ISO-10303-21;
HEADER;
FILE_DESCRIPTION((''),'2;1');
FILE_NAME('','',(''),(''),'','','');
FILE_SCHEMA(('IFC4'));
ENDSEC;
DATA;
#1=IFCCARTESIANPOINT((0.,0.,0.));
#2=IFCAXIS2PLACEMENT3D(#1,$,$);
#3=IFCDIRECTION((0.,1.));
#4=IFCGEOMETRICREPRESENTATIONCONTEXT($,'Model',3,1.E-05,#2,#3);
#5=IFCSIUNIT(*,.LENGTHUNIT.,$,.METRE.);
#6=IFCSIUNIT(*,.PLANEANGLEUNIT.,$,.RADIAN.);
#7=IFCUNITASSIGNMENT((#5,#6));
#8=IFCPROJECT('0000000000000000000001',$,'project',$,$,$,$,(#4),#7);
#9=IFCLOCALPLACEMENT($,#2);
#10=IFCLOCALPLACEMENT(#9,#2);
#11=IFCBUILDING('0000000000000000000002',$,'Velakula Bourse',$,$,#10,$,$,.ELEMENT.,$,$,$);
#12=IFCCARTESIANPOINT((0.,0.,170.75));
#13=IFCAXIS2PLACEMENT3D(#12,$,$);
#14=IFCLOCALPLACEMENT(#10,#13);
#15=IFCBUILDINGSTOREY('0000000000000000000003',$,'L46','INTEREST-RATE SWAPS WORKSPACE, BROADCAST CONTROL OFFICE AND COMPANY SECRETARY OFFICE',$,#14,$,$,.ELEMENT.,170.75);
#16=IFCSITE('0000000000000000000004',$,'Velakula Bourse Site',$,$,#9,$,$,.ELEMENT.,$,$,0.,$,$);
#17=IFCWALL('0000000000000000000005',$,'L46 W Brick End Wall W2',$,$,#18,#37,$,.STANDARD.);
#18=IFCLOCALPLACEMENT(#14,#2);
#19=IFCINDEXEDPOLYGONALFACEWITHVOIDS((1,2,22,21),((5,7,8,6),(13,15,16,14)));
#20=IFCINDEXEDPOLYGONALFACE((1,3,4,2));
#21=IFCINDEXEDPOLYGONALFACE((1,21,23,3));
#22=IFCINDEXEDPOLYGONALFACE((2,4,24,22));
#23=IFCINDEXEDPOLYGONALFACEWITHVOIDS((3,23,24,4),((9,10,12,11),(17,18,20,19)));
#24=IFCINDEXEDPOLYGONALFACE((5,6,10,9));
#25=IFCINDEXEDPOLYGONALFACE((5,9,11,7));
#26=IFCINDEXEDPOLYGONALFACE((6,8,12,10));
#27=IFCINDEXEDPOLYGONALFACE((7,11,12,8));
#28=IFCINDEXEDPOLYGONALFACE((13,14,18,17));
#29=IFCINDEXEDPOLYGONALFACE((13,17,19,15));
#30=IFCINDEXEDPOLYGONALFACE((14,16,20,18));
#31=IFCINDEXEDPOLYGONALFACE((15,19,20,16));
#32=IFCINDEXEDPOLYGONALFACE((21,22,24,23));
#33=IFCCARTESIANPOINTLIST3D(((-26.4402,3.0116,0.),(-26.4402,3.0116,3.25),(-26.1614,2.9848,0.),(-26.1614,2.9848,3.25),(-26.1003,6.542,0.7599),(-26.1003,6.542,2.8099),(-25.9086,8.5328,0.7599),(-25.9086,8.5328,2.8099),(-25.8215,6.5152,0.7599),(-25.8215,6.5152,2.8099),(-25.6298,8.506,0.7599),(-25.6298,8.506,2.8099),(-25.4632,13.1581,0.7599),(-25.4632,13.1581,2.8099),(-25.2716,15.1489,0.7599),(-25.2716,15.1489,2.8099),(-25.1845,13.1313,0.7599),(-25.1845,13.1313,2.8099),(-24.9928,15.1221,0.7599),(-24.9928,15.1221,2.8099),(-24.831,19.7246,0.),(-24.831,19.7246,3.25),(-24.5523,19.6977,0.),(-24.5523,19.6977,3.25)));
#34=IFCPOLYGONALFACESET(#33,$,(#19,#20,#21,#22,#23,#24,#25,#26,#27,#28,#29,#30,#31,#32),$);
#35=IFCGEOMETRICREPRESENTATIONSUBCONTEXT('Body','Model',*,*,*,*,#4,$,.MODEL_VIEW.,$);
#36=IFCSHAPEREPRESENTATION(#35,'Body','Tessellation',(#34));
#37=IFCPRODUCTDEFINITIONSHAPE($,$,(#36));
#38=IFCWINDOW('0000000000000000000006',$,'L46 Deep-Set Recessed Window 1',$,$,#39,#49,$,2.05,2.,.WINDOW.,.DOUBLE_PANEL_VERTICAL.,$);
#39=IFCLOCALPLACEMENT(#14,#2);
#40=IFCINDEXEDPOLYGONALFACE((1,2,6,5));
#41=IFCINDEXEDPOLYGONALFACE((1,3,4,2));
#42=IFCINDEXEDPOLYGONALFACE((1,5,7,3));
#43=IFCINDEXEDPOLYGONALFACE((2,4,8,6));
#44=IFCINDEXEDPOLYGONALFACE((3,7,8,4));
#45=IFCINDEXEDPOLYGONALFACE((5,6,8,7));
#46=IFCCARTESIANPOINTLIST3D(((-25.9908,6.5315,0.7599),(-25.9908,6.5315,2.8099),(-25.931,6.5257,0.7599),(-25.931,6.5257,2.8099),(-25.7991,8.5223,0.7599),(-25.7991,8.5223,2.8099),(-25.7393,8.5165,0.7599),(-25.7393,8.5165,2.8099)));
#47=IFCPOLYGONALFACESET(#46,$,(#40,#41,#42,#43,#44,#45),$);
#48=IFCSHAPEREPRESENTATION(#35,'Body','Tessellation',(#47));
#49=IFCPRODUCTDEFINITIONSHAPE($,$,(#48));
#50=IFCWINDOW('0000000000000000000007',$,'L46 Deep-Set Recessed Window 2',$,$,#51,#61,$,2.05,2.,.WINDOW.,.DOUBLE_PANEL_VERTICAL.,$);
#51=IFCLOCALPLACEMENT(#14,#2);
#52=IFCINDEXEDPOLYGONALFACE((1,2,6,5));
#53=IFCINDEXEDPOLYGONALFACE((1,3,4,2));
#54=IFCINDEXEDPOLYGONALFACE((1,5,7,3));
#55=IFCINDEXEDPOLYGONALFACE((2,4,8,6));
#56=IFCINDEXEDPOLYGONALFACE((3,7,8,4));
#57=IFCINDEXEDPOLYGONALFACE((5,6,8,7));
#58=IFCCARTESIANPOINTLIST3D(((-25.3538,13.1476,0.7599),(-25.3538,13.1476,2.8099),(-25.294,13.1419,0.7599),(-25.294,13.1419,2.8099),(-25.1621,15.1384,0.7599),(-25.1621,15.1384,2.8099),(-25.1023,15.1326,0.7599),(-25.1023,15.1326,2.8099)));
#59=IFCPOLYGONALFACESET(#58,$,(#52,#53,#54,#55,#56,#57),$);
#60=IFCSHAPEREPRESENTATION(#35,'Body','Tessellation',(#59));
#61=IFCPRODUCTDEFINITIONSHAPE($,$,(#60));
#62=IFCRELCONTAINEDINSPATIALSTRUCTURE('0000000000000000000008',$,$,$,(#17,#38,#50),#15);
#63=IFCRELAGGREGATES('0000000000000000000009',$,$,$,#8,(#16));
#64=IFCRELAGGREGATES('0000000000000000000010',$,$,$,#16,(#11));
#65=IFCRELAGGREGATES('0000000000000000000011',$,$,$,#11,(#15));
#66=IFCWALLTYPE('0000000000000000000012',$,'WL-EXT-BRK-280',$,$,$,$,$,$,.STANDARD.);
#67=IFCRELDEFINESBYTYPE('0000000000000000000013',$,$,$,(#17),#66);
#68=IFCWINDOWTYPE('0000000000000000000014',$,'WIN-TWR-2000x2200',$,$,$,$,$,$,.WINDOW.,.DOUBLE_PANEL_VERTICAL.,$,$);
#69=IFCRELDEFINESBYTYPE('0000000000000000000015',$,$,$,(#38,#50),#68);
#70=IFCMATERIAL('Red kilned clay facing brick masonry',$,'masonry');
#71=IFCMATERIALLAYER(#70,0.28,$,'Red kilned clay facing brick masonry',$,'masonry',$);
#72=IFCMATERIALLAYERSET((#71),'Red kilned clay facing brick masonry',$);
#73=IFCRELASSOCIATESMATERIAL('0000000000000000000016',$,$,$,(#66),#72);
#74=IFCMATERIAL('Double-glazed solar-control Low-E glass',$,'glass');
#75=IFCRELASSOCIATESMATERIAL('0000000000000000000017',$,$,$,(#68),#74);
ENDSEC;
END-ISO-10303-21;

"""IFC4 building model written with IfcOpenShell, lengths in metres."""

from ifc_helpers import new_model, si_unit, direction, frame, frame_2d, origin, place, context, subcontext, project, spatial, rectangle, extrude, material, layer, layer_set, type_object, element, fill, save


model = new_model("IFC4")

# Units and contexts
model_context = context("Model", 3, precision=1e-05, world=origin(), true_north=direction((0.0, 1.0)))
body_context = subcontext(model_context, "Body", "Model", "MODEL_VIEW")
ifc_project = project(units=[si_unit("LENGTHUNIT", "METRE"), si_unit("PLANEANGLEUNIT", "RADIAN")], contexts=[model_context])

# Site, building, storey
site_placement = place(None, origin())
site = spatial("IfcSite", under=ifc_project, at=site_placement, Name="Velakula Bourse Site", CompositionType="ELEMENT", RefElevation=0.0)
building_placement = place(site_placement, origin())
building = spatial("IfcBuilding", under=site, at=building_placement, Name="Velakula Bourse", CompositionType="ELEMENT")
storey_placement = place(building_placement, frame((0.0, 0.0, 170.75)))
storey = spatial("IfcBuildingStorey", under=building, at=storey_placement, Name="L46", Description="INTEREST-RATE SWAPS WORKSPACE, BROADCAST CONTROL OFFICE AND COMPANY SECRETARY OFFICE", CompositionType="ELEMENT", Elevation=170.75)

# Wall, openings, windows
ifc_material_1 = material(Name="Red kilned clay facing brick masonry", Category="masonry")
ifc_layer = layer(ifc_material_1, 0.28, Name="Red kilned clay facing brick masonry", Category="masonry")
ifc_layer_set = layer_set([ifc_layer], Name="Red kilned clay facing brick masonry")
wall_type = type_object("IfcWallType", Name="WL-EXT-BRK-280", PredefinedType="STANDARD", material=ifc_layer_set)
wall_placement = place(storey_placement, frame((-26.3008, 2.9983, 0.0), z_axis=(0.0, 0.0, 1.0), x_axis=(0.095838, 0.995397, 0.0)))
wall = element("IfcWall", 1, at=wall_placement, inside=storey, type_object=wall_type, Name="L46 W Brick End Wall W2", PredefinedType="STANDARD", context=body_context, shape_type="SweptSolid", body=[
    extrude(rectangle(XDim=16.7903, YDim=0.28, at=frame_2d((8.395, 0.0))), origin(), (0.0, 0.0, 1.0), 3.25),
])
opening_1_placement = place(wall_placement, frame((3.5466, 0.0, 0.76)))
opening_1 = element("IfcOpeningElement", 2, at=opening_1_placement, cuts=wall, PredefinedType="OPENING", context=body_context, shape_type="SweptSolid", body=[
    extrude(rectangle(XDim=2.0, YDim=2.05, at=frame_2d((1.0, 1.0249))), frame((0.0, 0.1499, 0.0), z_axis=(0.0, -1.0, 0.0), x_axis=(1.0, 0.0, 0.0)), (0.0, 0.0, 1.0), 0.3),
])
opening_2_placement = place(wall_placement, frame((10.1934, 0.0, 0.76)))
opening_2 = element("IfcOpeningElement", 3, at=opening_2_placement, cuts=wall, PredefinedType="OPENING", context=body_context, shape_type="SweptSolid", body=[
    extrude(rectangle(XDim=2.0, YDim=2.05, at=frame_2d((1.0, 1.0249))), frame((0.0, 0.1499, 0.0), z_axis=(0.0, -1.0, 0.0), x_axis=(1.0, 0.0, 0.0)), (0.0, 0.0, 1.0), 0.3),
])
ifc_material_2 = material(Name="Double-glazed solar-control Low-E glass", Category="glass")
window_type = type_object("IfcWindowType", Name="WIN-TWR-2000x2200", PartitioningType="DOUBLE_PANEL_VERTICAL", PredefinedType="WINDOW", material=ifc_material_2)
window_1_placement = place(opening_1_placement, origin())
window_1 = element("IfcWindow", 4, at=window_1_placement, inside=storey, type_object=window_type, Name="L46 Deep-Set Recessed Window 1", OverallHeight=2.05, OverallWidth=2.0, PartitioningType="DOUBLE_PANEL_VERTICAL", PredefinedType="WINDOW", context=body_context, shape_type="SweptSolid", body=[
    extrude(rectangle(XDim=2.0, YDim=2.05, at=frame_2d((1.0, 1.0249))), frame((0.0, 0.03, 0.0), z_axis=(0.0, -1.0, 0.0), x_axis=(1.0, 0.0, 0.0)), (0.0, 0.0, 1.0), 0.0601),
])
fill(opening_1, window_1)
window_2_placement = place(opening_2_placement, origin())
window_2 = element("IfcWindow", 5, at=window_2_placement, inside=storey, type_object=window_type, Name="L46 Deep-Set Recessed Window 2", OverallHeight=2.05, OverallWidth=2.0, PartitioningType="DOUBLE_PANEL_VERTICAL", PredefinedType="WINDOW", context=body_context, shape_type="SweptSolid", body=[
    extrude(rectangle(XDim=2.0, YDim=2.05, at=frame_2d((1.0, 1.0249))), frame((0.0, 0.03, 0.0), z_axis=(0.0, -1.0, 0.0), x_axis=(1.0, 0.0, 0.0)), (0.0, 0.0, 1.0), 0.0601),
])
fill(opening_2, window_2)

save(model, "model.ifc")
